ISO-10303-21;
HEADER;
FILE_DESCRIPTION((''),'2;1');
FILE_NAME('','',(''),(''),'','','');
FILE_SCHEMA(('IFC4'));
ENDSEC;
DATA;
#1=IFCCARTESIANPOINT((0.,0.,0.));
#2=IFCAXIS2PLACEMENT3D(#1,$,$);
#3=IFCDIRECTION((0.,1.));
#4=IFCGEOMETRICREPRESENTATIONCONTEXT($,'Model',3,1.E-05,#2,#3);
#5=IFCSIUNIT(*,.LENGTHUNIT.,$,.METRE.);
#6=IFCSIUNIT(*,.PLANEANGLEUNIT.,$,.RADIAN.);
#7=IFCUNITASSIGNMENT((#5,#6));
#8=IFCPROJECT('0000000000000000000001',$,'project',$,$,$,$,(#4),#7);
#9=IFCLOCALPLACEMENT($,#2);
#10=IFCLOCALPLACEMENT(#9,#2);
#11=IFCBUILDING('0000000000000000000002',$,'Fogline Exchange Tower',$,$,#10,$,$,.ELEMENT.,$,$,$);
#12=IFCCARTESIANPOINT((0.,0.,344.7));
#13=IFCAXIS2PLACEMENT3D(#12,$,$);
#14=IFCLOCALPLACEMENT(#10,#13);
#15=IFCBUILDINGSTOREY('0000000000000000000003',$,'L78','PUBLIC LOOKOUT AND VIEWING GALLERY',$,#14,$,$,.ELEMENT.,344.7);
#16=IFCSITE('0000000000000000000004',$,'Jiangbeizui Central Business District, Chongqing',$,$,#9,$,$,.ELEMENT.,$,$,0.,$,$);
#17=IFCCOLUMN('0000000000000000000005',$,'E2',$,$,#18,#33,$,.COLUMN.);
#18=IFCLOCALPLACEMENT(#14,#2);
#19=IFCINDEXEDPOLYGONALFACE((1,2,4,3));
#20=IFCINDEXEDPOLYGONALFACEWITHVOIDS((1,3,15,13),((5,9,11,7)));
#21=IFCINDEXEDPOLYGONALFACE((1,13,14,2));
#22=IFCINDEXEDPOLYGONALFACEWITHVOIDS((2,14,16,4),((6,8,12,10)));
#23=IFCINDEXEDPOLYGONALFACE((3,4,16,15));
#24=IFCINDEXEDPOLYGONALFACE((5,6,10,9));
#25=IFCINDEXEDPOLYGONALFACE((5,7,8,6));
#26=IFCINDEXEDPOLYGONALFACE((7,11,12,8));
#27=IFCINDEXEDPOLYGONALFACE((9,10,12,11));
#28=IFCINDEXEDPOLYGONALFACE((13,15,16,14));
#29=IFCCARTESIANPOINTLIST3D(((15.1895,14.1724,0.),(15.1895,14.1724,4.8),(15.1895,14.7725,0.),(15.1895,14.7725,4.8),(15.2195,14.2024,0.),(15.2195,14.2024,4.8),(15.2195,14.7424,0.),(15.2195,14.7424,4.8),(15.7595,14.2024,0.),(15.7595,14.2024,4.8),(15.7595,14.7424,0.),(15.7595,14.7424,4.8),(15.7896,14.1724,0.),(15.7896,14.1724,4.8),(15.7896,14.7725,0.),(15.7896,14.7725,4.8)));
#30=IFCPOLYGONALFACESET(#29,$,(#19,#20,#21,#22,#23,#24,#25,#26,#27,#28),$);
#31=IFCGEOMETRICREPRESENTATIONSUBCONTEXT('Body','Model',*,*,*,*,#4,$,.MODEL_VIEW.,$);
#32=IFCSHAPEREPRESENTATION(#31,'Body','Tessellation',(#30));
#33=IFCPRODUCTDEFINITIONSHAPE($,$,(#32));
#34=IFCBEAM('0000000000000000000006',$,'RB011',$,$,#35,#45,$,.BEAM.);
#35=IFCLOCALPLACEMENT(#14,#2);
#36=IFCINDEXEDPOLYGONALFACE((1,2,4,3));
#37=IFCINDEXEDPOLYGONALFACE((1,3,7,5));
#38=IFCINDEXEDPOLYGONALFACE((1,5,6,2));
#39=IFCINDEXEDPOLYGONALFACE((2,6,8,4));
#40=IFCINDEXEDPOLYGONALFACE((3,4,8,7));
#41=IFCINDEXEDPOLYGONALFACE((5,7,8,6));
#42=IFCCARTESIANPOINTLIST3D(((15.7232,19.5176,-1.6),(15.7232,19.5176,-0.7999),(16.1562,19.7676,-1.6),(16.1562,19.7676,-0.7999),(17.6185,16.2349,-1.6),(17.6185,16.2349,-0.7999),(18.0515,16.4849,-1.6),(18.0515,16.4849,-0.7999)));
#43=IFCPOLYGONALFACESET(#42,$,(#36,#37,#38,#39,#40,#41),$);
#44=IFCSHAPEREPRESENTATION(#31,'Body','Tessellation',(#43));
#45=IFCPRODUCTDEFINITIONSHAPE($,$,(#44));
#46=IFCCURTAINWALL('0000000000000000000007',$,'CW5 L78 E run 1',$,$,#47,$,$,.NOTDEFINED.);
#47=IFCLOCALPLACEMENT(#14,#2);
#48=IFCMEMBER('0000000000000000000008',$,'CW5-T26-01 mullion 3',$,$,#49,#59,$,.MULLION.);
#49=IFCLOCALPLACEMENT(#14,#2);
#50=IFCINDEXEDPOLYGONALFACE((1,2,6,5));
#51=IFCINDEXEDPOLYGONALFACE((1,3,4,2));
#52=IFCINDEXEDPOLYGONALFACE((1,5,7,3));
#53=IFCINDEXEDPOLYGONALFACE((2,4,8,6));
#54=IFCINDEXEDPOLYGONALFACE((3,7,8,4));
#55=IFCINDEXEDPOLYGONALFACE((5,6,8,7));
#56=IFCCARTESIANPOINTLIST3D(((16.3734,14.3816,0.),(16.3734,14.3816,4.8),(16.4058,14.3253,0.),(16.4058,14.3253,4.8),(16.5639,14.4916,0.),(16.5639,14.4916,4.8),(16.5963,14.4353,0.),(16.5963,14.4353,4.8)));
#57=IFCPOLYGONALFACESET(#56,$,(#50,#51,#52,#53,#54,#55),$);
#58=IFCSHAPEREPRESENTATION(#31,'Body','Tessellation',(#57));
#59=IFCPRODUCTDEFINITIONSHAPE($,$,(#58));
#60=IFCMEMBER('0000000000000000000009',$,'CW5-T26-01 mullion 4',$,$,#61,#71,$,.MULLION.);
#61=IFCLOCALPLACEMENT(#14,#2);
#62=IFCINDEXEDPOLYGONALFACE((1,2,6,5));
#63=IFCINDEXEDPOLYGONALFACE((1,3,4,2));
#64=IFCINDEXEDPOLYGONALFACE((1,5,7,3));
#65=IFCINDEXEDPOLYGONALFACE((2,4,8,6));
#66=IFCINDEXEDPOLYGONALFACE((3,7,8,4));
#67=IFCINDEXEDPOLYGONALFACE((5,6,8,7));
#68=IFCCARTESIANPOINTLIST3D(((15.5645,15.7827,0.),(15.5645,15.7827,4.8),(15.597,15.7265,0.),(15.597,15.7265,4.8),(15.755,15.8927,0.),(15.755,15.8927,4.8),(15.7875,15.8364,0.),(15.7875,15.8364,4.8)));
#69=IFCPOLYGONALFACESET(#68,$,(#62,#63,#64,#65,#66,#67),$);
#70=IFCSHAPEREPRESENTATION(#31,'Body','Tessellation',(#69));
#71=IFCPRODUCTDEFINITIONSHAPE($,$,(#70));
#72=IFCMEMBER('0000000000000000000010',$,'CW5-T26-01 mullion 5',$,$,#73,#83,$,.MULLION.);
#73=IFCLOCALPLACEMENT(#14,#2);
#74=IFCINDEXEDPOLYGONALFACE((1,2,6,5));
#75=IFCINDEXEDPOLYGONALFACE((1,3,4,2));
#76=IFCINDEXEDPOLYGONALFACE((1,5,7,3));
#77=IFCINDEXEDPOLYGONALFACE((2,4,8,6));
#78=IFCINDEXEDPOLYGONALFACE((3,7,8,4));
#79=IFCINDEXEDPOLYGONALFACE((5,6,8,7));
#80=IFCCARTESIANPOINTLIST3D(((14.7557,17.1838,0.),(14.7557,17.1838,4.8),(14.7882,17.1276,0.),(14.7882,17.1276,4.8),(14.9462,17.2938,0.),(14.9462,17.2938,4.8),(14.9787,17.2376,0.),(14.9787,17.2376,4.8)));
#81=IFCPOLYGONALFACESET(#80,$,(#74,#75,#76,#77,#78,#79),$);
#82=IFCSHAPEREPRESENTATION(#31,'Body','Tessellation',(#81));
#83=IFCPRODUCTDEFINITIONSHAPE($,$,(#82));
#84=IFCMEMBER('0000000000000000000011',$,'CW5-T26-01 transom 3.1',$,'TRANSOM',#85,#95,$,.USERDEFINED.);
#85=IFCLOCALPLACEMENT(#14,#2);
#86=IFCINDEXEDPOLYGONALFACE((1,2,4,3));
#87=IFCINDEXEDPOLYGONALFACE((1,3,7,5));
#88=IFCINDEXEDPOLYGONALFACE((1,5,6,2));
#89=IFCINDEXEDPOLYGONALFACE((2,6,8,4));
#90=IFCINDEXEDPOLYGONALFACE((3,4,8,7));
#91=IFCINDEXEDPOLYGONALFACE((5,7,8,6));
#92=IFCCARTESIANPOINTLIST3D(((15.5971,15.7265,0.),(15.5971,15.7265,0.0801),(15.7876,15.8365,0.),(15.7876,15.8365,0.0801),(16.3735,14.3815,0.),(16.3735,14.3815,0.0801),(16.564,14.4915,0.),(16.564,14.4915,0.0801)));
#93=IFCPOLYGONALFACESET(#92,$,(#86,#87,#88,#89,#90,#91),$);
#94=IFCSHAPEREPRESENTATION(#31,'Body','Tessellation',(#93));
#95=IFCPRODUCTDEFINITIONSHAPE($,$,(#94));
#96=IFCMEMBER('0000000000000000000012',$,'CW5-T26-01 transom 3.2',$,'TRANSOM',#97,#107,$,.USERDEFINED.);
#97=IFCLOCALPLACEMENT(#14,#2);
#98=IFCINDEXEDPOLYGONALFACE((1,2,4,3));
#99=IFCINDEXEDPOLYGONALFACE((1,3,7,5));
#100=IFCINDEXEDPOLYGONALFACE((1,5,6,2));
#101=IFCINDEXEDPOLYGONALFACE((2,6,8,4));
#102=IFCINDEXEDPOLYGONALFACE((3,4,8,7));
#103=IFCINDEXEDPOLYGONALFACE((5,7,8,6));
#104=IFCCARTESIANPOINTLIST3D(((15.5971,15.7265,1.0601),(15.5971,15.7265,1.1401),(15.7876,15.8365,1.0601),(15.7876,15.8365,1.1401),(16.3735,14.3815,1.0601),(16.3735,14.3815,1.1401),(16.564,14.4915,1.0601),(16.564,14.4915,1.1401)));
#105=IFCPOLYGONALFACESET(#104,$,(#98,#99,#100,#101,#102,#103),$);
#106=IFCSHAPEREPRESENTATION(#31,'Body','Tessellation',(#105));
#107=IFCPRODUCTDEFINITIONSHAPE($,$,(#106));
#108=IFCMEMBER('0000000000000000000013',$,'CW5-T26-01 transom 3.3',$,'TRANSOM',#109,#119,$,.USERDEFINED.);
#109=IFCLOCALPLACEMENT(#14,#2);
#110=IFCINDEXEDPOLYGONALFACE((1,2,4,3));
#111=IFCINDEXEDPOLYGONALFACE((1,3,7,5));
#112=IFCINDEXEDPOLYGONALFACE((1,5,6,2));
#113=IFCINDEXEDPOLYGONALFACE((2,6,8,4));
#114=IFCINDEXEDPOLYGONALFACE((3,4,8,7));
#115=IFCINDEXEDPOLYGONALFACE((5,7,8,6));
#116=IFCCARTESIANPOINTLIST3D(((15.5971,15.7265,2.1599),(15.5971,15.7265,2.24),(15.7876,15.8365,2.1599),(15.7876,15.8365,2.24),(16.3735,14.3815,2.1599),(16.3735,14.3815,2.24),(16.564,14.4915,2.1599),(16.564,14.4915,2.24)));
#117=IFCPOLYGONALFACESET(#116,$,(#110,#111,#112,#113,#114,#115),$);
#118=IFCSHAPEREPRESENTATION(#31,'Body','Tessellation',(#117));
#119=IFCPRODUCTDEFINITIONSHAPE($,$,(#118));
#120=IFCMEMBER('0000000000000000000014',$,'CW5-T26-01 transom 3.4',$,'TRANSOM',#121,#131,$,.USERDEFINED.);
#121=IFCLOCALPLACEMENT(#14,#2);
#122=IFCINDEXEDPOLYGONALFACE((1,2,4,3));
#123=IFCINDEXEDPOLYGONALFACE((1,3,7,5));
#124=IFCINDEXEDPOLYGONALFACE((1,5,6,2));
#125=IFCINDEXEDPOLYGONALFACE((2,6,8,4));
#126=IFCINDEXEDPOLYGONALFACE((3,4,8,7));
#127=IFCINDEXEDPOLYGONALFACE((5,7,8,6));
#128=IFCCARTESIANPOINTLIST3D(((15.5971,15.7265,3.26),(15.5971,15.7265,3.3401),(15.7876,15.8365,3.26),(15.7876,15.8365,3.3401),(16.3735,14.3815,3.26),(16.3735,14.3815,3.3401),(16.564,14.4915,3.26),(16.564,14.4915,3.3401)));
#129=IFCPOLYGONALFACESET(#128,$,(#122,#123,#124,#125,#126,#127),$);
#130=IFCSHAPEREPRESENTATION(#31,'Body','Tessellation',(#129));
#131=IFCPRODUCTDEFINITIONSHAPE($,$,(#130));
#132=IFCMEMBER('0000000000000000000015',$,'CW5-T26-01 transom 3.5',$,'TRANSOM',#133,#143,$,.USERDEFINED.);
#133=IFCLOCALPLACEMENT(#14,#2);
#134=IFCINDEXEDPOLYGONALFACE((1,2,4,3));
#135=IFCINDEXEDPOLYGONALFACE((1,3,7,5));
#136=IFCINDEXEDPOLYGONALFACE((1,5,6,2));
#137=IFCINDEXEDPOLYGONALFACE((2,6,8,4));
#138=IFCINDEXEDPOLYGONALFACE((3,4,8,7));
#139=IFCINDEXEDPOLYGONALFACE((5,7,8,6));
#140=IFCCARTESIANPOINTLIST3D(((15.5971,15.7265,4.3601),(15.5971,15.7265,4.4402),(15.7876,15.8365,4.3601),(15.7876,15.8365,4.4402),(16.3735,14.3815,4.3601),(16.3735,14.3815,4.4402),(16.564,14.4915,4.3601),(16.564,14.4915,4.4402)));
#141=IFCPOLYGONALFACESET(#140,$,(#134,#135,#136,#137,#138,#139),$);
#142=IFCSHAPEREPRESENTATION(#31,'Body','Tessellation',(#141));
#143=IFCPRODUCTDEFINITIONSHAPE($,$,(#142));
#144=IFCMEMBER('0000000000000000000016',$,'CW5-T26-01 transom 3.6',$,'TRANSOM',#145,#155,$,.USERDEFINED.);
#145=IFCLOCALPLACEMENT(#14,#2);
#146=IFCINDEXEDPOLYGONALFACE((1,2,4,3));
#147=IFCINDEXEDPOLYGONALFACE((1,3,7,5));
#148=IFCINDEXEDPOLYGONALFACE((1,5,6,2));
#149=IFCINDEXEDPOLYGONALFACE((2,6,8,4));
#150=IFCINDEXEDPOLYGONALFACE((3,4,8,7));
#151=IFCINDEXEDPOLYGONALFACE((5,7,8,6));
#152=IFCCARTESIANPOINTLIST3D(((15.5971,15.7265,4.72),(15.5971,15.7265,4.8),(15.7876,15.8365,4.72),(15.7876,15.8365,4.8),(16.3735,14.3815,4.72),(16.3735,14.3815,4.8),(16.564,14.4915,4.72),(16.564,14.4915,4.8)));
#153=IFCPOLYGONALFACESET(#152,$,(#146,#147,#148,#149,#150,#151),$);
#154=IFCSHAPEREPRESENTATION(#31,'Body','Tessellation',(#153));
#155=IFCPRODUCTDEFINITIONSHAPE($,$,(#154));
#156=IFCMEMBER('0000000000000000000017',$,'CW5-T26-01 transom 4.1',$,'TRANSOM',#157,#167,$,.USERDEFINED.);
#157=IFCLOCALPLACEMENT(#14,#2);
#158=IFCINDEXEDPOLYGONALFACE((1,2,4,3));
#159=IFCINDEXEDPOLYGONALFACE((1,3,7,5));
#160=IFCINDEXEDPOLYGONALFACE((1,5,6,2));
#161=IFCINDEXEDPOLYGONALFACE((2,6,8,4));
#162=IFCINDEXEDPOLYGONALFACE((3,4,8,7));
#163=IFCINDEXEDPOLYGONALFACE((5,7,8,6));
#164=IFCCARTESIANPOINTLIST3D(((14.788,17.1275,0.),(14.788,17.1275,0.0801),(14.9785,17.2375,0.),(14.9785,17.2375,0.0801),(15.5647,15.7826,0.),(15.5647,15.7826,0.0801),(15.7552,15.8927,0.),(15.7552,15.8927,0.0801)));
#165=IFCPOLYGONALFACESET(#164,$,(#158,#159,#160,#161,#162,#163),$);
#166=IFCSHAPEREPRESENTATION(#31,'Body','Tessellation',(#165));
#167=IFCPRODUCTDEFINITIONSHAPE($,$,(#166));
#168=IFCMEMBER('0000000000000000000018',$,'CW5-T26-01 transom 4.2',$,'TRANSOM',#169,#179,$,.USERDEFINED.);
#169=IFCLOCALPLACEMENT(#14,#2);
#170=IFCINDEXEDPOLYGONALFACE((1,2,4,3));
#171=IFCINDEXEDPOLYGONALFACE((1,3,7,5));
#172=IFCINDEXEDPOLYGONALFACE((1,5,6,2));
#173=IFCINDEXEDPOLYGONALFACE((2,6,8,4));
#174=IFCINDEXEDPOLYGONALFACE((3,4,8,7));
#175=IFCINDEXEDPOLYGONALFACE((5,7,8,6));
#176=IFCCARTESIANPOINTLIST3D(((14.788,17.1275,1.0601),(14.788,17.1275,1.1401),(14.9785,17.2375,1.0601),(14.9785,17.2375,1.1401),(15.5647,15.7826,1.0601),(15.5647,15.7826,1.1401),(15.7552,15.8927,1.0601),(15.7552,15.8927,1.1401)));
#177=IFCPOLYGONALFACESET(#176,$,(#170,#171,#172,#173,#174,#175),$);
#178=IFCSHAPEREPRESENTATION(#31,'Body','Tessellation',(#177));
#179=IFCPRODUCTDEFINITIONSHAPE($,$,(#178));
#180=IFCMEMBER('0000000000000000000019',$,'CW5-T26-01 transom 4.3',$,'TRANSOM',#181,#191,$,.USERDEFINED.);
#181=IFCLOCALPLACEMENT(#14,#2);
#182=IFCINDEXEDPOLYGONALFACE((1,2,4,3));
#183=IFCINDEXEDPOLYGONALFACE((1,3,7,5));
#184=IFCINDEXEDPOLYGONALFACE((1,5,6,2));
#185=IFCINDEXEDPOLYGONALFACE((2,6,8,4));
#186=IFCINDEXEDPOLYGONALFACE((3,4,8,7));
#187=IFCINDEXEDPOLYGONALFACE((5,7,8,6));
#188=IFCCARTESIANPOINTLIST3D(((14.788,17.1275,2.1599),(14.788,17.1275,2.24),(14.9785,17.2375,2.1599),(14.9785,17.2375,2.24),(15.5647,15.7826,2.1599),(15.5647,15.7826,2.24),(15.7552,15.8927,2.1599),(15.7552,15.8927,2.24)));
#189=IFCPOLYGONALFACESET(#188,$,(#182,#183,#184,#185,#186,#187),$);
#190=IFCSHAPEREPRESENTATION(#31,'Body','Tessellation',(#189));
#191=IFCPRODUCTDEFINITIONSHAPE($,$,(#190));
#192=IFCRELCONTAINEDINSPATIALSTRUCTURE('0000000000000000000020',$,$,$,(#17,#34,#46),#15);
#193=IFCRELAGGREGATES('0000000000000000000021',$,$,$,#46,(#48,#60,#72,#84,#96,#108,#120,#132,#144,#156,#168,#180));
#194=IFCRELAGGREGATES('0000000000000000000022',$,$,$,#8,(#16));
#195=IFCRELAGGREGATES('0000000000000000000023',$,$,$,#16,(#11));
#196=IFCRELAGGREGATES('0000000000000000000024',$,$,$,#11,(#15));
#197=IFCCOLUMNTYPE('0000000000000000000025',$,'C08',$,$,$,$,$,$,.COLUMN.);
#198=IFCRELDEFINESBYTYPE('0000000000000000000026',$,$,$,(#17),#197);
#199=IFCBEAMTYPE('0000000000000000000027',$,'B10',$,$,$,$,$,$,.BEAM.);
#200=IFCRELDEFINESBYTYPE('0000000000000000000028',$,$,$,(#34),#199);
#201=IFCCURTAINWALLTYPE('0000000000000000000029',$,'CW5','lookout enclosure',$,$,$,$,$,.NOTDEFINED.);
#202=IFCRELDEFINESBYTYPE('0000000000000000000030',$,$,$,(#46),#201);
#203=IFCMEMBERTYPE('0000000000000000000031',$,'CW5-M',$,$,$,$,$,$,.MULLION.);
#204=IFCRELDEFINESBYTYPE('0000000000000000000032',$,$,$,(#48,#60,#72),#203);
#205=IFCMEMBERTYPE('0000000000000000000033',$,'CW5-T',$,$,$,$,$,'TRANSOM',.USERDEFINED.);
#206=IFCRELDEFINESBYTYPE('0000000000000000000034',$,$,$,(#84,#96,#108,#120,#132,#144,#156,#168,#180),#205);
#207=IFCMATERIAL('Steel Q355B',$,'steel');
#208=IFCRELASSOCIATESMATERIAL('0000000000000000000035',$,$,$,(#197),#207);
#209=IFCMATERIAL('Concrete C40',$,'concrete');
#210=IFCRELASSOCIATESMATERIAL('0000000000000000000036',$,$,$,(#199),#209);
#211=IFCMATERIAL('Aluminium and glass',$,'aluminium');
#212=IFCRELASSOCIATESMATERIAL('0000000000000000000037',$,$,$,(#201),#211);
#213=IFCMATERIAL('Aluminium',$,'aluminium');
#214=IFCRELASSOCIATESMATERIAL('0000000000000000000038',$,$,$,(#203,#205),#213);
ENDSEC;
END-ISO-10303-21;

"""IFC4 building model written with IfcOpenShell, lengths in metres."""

from ifc_helpers import new_model, si_unit, direction, frame, origin, origin_2d, place, context, subcontext, project, spatial, rectangle, hollow_rectangle, extrude, material, material_profile, profile_set, type_object, element, aggregate, save


model = new_model("IFC4")

# Units and contexts
model_context = context("Model", 3, precision=1e-05, world=origin(), true_north=direction((0.0, 1.0)))
body_context = subcontext(model_context, "Body", "Model", "MODEL_VIEW")
ifc_project = project(units=[si_unit("LENGTHUNIT", "METRE"), si_unit("PLANEANGLEUNIT", "RADIAN")], contexts=[model_context])

# Site, building, storey
site_placement = place(None, origin())
site = spatial("IfcSite", under=ifc_project, at=site_placement, Name="Jiangbeizui Central Business District, Chongqing", CompositionType="ELEMENT", RefElevation=0.0)
building_placement = place(site_placement, origin())
building = spatial("IfcBuilding", under=site, at=building_placement, Name="Fogline Exchange Tower", CompositionType="ELEMENT")
storey_placement = place(building_placement, frame((0.0, 0.0, 344.7)))
storey = spatial("IfcBuildingStorey", under=building, at=storey_placement, Name="L78", Description="PUBLIC LOOKOUT AND VIEWING GALLERY", CompositionType="ELEMENT", Elevation=344.7)

# Column
ifc_material_1 = material(Name="Steel Q355B", Category="steel")
ifc_material_profile_1 = material_profile(ifc_material_1, hollow_rectangle(XDim=0.6001, YDim=0.6001, WallThickness=0.03, at=origin_2d()), Name="BOX600X600X30")
ifc_profile_set_1 = profile_set([ifc_material_profile_1], Name="Steel Q355B")
column_type = type_object("IfcColumnType", Name="C08", PredefinedType="COLUMN", material=ifc_profile_set_1)
column_placement = place(storey_placement, frame((15.4895, 14.4724, 0.0), z_axis=(0.0, 0.0, 1.0), x_axis=(1.0, 0.0, 0.0)))
element("IfcColumn", 1, at=column_placement, inside=storey, type_object=column_type, Name="E2", PredefinedType="COLUMN", context=body_context, shape_type="SweptSolid", body=[
    extrude(hollow_rectangle(XDim=0.6001, YDim=0.6001, WallThickness=0.03, at=origin_2d()), origin(), (0.0, 0.0, 1.0), 4.8),
])

# Beam
ifc_material_2 = material(Name="Concrete C40", Category="concrete")
ifc_material_profile_2 = material_profile(ifc_material_2, rectangle(XDim=0.5, YDim=0.8, at=origin_2d()), Name="RC 500x800")
ifc_profile_set_2 = profile_set([ifc_material_profile_2], Name="Concrete C40")
beam_type = type_object("IfcBeamType", Name="B10", PredefinedType="BEAM", material=ifc_profile_set_2)
beam_placement = place(storey_placement, frame((17.835, 16.3599, -1.2), z_axis=(-0.499998, 0.866027, 0.0), x_axis=(-0.866027, -0.499998, 0.0)))
element("IfcBeam", 2, at=beam_placement, inside=storey, type_object=beam_type, Name="RB011", PredefinedType="BEAM", context=body_context, shape_type="SweptSolid", body=[
    extrude(rectangle(XDim=0.5, YDim=0.8, at=origin_2d()), origin(), (0.0, 0.0, 1.0), 3.7905),
])

# Curtain wall, members
ifc_material_3 = material(Name="Aluminium and glass", Category="aluminium")
curtain_wall_type = type_object("IfcCurtainWallType", Name="CW5", Description="lookout enclosure", PredefinedType="NOTDEFINED", material=ifc_material_3)
curtain_wall_placement = place(storey_placement, origin())
curtain_wall = element("IfcCurtainWall", 3, at=curtain_wall_placement, inside=storey, type_object=curtain_wall_type, Name="CW5 L78 E run 1", PredefinedType="NOTDEFINED")
ifc_material_4 = material(Name="Aluminium", Category="aluminium")
ifc_material_profile_3 = material_profile(ifc_material_4, rectangle(XDim=0.22, YDim=0.0649, at=origin_2d()), Name="Mullion 65x220")
ifc_profile_set_3 = profile_set([ifc_material_profile_3], Name="Aluminium")
member_type_1 = type_object("IfcMemberType", Name="CW5-M", PredefinedType="MULLION", material=ifc_profile_set_3)
member_1_placement = place(storey_placement, frame((16.4849, 14.4084, 0.0), z_axis=(0.0, 0.0, 1.0), x_axis=(-0.866025, -0.5, 0.0)))
member_1 = element("IfcMember", 4, at=member_1_placement, type_object=member_type_1, Name="CW5-T26-01 mullion 3", PredefinedType="MULLION", context=body_context, shape_type="SweptSolid", body=[
    extrude(rectangle(XDim=0.22, YDim=0.0649, at=origin_2d()), origin(), (0.0, 0.0, 1.0), 4.8),
])
member_2_placement = place(storey_placement, frame((15.676, 15.8096, 0.0), z_axis=(0.0, 0.0, 1.0), x_axis=(-0.866025, -0.5, 0.0)))
member_2 = element("IfcMember", 5, at=member_2_placement, type_object=member_type_1, Name="CW5-T26-01 mullion 4", PredefinedType="MULLION", context=body_context, shape_type="SweptSolid", body=[
    extrude(rectangle(XDim=0.22, YDim=0.0649, at=origin_2d()), origin(), (0.0, 0.0, 1.0), 4.8),
])
member_3_placement = place(storey_placement, frame((14.8672, 17.2107, 0.0), z_axis=(0.0, 0.0, 1.0), x_axis=(-0.866025, -0.5, 0.0)))
member_3 = element("IfcMember", 6, at=member_3_placement, type_object=member_type_1, Name="CW5-T26-01 mullion 5", PredefinedType="MULLION", context=body_context, shape_type="SweptSolid", body=[
    extrude(rectangle(XDim=0.22, YDim=0.0649, at=origin_2d()), origin(), (0.0, 0.0, 1.0), 4.8),
])
ifc_material_profile_4 = material_profile(ifc_material_4, rectangle(XDim=0.22, YDim=0.0801, at=origin_2d()), Name="Transom 80x220")
ifc_profile_set_4 = profile_set([ifc_material_profile_4], Name="Aluminium")
member_type_2 = type_object("IfcMemberType", Name="CW5-T", ElementType="TRANSOM", PredefinedType="USERDEFINED", material=ifc_profile_set_4)
member_4_placement = place(storey_placement, frame((16.4688, 14.4365, 0.04), z_axis=(-0.499927, 0.866068, 0.0), x_axis=(-0.866068, -0.499927, 0.0)))
member_4 = element("IfcMember", 7, at=member_4_placement, type_object=member_type_2, Name="CW5-T26-01 transom 3.1", ObjectType="TRANSOM", PredefinedType="USERDEFINED", context=body_context, shape_type="SweptSolid", body=[
    extrude(rectangle(XDim=0.22, YDim=0.0801, at=origin_2d()), origin(), (0.0, 0.0, 1.0), 1.553),
])
member_5_placement = place(storey_placement, frame((16.4688, 14.4365, 1.1001), z_axis=(-0.499927, 0.866068, 0.0), x_axis=(-0.866068, -0.499927, 0.0)))
member_5 = element("IfcMember", 8, at=member_5_placement, type_object=member_type_2, Name="CW5-T26-01 transom 3.2", ObjectType="TRANSOM", PredefinedType="USERDEFINED", context=body_context, shape_type="SweptSolid", body=[
    extrude(rectangle(XDim=0.22, YDim=0.0801, at=origin_2d()), origin(), (0.0, 0.0, 1.0), 1.553),
])
member_6_placement = place(storey_placement, frame((16.4688, 14.4365, 2.2), z_axis=(-0.499927, 0.866068, 0.0), x_axis=(-0.866068, -0.499927, 0.0)))
member_6 = element("IfcMember", 9, at=member_6_placement, type_object=member_type_2, Name="CW5-T26-01 transom 3.3", ObjectType="TRANSOM", PredefinedType="USERDEFINED", context=body_context, shape_type="SweptSolid", body=[
    extrude(rectangle(XDim=0.22, YDim=0.0801, at=origin_2d()), origin(), (0.0, 0.0, 1.0), 1.553),
])
member_7_placement = place(storey_placement, frame((16.4688, 14.4365, 3.3), z_axis=(-0.499927, 0.866068, 0.0), x_axis=(-0.866068, -0.499927, 0.0)))
member_7 = element("IfcMember", 10, at=member_7_placement, type_object=member_type_2, Name="CW5-T26-01 transom 3.4", ObjectType="TRANSOM", PredefinedType="USERDEFINED", context=body_context, shape_type="SweptSolid", body=[
    extrude(rectangle(XDim=0.22, YDim=0.0801, at=origin_2d()), origin(), (0.0, 0.0, 1.0), 1.553),
])
member_8_placement = place(storey_placement, frame((16.4688, 14.4365, 4.4001), z_axis=(-0.499927, 0.866068, 0.0), x_axis=(-0.866068, -0.499927, 0.0)))
member_8 = element("IfcMember", 11, at=member_8_placement, type_object=member_type_2, Name="CW5-T26-01 transom 3.5", ObjectType="TRANSOM", PredefinedType="USERDEFINED", context=body_context, shape_type="SweptSolid", body=[
    extrude(rectangle(XDim=0.22, YDim=0.0801, at=origin_2d()), origin(), (0.0, 0.0, 1.0), 1.553),
])
member_9_placement = place(storey_placement, frame((16.4688, 14.4365, 4.76), z_axis=(-0.499927, 0.866068, 0.0), x_axis=(-0.866068, -0.499927, 0.0)))
member_9 = element("IfcMember", 12, at=member_9_placement, type_object=member_type_2, Name="CW5-T26-01 transom 3.6", ObjectType="TRANSOM", PredefinedType="USERDEFINED", context=body_context, shape_type="SweptSolid", body=[
    extrude(rectangle(XDim=0.22, YDim=0.0801, at=origin_2d()), origin(), (0.0, 0.0, 1.0), 1.553),
])
member_10_placement = place(storey_placement, frame((15.6599, 15.8376, 0.04), z_axis=(-0.500113, 0.86596, 0.0), x_axis=(-0.86596, -0.500113, 0.0)))
member_10 = element("IfcMember", 13, at=member_10_placement, type_object=member_type_2, Name="CW5-T26-01 transom 4.1", ObjectType="TRANSOM", PredefinedType="USERDEFINED", context=body_context, shape_type="SweptSolid", body=[
    extrude(rectangle(XDim=0.22, YDim=0.0801, at=origin_2d()), origin(), (0.0, 0.0, 1.0), 1.553),
])
member_11_placement = place(storey_placement, frame((15.6599, 15.8376, 1.1001), z_axis=(-0.500113, 0.86596, 0.0), x_axis=(-0.86596, -0.500113, 0.0)))
member_11 = element("IfcMember", 14, at=member_11_placement, type_object=member_type_2, Name="CW5-T26-01 transom 4.2", ObjectType="TRANSOM", PredefinedType="USERDEFINED", context=body_context, shape_type="SweptSolid", body=[
    extrude(rectangle(XDim=0.22, YDim=0.0801, at=origin_2d()), origin(), (0.0, 0.0, 1.0), 1.553),
])
member_12_placement = place(storey_placement, frame((15.6599, 15.8376, 2.2), z_axis=(-0.500113, 0.86596, 0.0), x_axis=(-0.86596, -0.500113, 0.0)))
member_12 = element("IfcMember", 15, at=member_12_placement, type_object=member_type_2, Name="CW5-T26-01 transom 4.3", ObjectType="TRANSOM", PredefinedType="USERDEFINED", context=body_context, shape_type="SweptSolid", body=[
    extrude(rectangle(XDim=0.22, YDim=0.0801, at=origin_2d()), origin(), (0.0, 0.0, 1.0), 1.553),
])
aggregate(curtain_wall, [member_1, member_2, member_3, member_4, member_5, member_6, member_7, member_8, member_9, member_10, member_11, member_12])

save(model, "model.ifc")
